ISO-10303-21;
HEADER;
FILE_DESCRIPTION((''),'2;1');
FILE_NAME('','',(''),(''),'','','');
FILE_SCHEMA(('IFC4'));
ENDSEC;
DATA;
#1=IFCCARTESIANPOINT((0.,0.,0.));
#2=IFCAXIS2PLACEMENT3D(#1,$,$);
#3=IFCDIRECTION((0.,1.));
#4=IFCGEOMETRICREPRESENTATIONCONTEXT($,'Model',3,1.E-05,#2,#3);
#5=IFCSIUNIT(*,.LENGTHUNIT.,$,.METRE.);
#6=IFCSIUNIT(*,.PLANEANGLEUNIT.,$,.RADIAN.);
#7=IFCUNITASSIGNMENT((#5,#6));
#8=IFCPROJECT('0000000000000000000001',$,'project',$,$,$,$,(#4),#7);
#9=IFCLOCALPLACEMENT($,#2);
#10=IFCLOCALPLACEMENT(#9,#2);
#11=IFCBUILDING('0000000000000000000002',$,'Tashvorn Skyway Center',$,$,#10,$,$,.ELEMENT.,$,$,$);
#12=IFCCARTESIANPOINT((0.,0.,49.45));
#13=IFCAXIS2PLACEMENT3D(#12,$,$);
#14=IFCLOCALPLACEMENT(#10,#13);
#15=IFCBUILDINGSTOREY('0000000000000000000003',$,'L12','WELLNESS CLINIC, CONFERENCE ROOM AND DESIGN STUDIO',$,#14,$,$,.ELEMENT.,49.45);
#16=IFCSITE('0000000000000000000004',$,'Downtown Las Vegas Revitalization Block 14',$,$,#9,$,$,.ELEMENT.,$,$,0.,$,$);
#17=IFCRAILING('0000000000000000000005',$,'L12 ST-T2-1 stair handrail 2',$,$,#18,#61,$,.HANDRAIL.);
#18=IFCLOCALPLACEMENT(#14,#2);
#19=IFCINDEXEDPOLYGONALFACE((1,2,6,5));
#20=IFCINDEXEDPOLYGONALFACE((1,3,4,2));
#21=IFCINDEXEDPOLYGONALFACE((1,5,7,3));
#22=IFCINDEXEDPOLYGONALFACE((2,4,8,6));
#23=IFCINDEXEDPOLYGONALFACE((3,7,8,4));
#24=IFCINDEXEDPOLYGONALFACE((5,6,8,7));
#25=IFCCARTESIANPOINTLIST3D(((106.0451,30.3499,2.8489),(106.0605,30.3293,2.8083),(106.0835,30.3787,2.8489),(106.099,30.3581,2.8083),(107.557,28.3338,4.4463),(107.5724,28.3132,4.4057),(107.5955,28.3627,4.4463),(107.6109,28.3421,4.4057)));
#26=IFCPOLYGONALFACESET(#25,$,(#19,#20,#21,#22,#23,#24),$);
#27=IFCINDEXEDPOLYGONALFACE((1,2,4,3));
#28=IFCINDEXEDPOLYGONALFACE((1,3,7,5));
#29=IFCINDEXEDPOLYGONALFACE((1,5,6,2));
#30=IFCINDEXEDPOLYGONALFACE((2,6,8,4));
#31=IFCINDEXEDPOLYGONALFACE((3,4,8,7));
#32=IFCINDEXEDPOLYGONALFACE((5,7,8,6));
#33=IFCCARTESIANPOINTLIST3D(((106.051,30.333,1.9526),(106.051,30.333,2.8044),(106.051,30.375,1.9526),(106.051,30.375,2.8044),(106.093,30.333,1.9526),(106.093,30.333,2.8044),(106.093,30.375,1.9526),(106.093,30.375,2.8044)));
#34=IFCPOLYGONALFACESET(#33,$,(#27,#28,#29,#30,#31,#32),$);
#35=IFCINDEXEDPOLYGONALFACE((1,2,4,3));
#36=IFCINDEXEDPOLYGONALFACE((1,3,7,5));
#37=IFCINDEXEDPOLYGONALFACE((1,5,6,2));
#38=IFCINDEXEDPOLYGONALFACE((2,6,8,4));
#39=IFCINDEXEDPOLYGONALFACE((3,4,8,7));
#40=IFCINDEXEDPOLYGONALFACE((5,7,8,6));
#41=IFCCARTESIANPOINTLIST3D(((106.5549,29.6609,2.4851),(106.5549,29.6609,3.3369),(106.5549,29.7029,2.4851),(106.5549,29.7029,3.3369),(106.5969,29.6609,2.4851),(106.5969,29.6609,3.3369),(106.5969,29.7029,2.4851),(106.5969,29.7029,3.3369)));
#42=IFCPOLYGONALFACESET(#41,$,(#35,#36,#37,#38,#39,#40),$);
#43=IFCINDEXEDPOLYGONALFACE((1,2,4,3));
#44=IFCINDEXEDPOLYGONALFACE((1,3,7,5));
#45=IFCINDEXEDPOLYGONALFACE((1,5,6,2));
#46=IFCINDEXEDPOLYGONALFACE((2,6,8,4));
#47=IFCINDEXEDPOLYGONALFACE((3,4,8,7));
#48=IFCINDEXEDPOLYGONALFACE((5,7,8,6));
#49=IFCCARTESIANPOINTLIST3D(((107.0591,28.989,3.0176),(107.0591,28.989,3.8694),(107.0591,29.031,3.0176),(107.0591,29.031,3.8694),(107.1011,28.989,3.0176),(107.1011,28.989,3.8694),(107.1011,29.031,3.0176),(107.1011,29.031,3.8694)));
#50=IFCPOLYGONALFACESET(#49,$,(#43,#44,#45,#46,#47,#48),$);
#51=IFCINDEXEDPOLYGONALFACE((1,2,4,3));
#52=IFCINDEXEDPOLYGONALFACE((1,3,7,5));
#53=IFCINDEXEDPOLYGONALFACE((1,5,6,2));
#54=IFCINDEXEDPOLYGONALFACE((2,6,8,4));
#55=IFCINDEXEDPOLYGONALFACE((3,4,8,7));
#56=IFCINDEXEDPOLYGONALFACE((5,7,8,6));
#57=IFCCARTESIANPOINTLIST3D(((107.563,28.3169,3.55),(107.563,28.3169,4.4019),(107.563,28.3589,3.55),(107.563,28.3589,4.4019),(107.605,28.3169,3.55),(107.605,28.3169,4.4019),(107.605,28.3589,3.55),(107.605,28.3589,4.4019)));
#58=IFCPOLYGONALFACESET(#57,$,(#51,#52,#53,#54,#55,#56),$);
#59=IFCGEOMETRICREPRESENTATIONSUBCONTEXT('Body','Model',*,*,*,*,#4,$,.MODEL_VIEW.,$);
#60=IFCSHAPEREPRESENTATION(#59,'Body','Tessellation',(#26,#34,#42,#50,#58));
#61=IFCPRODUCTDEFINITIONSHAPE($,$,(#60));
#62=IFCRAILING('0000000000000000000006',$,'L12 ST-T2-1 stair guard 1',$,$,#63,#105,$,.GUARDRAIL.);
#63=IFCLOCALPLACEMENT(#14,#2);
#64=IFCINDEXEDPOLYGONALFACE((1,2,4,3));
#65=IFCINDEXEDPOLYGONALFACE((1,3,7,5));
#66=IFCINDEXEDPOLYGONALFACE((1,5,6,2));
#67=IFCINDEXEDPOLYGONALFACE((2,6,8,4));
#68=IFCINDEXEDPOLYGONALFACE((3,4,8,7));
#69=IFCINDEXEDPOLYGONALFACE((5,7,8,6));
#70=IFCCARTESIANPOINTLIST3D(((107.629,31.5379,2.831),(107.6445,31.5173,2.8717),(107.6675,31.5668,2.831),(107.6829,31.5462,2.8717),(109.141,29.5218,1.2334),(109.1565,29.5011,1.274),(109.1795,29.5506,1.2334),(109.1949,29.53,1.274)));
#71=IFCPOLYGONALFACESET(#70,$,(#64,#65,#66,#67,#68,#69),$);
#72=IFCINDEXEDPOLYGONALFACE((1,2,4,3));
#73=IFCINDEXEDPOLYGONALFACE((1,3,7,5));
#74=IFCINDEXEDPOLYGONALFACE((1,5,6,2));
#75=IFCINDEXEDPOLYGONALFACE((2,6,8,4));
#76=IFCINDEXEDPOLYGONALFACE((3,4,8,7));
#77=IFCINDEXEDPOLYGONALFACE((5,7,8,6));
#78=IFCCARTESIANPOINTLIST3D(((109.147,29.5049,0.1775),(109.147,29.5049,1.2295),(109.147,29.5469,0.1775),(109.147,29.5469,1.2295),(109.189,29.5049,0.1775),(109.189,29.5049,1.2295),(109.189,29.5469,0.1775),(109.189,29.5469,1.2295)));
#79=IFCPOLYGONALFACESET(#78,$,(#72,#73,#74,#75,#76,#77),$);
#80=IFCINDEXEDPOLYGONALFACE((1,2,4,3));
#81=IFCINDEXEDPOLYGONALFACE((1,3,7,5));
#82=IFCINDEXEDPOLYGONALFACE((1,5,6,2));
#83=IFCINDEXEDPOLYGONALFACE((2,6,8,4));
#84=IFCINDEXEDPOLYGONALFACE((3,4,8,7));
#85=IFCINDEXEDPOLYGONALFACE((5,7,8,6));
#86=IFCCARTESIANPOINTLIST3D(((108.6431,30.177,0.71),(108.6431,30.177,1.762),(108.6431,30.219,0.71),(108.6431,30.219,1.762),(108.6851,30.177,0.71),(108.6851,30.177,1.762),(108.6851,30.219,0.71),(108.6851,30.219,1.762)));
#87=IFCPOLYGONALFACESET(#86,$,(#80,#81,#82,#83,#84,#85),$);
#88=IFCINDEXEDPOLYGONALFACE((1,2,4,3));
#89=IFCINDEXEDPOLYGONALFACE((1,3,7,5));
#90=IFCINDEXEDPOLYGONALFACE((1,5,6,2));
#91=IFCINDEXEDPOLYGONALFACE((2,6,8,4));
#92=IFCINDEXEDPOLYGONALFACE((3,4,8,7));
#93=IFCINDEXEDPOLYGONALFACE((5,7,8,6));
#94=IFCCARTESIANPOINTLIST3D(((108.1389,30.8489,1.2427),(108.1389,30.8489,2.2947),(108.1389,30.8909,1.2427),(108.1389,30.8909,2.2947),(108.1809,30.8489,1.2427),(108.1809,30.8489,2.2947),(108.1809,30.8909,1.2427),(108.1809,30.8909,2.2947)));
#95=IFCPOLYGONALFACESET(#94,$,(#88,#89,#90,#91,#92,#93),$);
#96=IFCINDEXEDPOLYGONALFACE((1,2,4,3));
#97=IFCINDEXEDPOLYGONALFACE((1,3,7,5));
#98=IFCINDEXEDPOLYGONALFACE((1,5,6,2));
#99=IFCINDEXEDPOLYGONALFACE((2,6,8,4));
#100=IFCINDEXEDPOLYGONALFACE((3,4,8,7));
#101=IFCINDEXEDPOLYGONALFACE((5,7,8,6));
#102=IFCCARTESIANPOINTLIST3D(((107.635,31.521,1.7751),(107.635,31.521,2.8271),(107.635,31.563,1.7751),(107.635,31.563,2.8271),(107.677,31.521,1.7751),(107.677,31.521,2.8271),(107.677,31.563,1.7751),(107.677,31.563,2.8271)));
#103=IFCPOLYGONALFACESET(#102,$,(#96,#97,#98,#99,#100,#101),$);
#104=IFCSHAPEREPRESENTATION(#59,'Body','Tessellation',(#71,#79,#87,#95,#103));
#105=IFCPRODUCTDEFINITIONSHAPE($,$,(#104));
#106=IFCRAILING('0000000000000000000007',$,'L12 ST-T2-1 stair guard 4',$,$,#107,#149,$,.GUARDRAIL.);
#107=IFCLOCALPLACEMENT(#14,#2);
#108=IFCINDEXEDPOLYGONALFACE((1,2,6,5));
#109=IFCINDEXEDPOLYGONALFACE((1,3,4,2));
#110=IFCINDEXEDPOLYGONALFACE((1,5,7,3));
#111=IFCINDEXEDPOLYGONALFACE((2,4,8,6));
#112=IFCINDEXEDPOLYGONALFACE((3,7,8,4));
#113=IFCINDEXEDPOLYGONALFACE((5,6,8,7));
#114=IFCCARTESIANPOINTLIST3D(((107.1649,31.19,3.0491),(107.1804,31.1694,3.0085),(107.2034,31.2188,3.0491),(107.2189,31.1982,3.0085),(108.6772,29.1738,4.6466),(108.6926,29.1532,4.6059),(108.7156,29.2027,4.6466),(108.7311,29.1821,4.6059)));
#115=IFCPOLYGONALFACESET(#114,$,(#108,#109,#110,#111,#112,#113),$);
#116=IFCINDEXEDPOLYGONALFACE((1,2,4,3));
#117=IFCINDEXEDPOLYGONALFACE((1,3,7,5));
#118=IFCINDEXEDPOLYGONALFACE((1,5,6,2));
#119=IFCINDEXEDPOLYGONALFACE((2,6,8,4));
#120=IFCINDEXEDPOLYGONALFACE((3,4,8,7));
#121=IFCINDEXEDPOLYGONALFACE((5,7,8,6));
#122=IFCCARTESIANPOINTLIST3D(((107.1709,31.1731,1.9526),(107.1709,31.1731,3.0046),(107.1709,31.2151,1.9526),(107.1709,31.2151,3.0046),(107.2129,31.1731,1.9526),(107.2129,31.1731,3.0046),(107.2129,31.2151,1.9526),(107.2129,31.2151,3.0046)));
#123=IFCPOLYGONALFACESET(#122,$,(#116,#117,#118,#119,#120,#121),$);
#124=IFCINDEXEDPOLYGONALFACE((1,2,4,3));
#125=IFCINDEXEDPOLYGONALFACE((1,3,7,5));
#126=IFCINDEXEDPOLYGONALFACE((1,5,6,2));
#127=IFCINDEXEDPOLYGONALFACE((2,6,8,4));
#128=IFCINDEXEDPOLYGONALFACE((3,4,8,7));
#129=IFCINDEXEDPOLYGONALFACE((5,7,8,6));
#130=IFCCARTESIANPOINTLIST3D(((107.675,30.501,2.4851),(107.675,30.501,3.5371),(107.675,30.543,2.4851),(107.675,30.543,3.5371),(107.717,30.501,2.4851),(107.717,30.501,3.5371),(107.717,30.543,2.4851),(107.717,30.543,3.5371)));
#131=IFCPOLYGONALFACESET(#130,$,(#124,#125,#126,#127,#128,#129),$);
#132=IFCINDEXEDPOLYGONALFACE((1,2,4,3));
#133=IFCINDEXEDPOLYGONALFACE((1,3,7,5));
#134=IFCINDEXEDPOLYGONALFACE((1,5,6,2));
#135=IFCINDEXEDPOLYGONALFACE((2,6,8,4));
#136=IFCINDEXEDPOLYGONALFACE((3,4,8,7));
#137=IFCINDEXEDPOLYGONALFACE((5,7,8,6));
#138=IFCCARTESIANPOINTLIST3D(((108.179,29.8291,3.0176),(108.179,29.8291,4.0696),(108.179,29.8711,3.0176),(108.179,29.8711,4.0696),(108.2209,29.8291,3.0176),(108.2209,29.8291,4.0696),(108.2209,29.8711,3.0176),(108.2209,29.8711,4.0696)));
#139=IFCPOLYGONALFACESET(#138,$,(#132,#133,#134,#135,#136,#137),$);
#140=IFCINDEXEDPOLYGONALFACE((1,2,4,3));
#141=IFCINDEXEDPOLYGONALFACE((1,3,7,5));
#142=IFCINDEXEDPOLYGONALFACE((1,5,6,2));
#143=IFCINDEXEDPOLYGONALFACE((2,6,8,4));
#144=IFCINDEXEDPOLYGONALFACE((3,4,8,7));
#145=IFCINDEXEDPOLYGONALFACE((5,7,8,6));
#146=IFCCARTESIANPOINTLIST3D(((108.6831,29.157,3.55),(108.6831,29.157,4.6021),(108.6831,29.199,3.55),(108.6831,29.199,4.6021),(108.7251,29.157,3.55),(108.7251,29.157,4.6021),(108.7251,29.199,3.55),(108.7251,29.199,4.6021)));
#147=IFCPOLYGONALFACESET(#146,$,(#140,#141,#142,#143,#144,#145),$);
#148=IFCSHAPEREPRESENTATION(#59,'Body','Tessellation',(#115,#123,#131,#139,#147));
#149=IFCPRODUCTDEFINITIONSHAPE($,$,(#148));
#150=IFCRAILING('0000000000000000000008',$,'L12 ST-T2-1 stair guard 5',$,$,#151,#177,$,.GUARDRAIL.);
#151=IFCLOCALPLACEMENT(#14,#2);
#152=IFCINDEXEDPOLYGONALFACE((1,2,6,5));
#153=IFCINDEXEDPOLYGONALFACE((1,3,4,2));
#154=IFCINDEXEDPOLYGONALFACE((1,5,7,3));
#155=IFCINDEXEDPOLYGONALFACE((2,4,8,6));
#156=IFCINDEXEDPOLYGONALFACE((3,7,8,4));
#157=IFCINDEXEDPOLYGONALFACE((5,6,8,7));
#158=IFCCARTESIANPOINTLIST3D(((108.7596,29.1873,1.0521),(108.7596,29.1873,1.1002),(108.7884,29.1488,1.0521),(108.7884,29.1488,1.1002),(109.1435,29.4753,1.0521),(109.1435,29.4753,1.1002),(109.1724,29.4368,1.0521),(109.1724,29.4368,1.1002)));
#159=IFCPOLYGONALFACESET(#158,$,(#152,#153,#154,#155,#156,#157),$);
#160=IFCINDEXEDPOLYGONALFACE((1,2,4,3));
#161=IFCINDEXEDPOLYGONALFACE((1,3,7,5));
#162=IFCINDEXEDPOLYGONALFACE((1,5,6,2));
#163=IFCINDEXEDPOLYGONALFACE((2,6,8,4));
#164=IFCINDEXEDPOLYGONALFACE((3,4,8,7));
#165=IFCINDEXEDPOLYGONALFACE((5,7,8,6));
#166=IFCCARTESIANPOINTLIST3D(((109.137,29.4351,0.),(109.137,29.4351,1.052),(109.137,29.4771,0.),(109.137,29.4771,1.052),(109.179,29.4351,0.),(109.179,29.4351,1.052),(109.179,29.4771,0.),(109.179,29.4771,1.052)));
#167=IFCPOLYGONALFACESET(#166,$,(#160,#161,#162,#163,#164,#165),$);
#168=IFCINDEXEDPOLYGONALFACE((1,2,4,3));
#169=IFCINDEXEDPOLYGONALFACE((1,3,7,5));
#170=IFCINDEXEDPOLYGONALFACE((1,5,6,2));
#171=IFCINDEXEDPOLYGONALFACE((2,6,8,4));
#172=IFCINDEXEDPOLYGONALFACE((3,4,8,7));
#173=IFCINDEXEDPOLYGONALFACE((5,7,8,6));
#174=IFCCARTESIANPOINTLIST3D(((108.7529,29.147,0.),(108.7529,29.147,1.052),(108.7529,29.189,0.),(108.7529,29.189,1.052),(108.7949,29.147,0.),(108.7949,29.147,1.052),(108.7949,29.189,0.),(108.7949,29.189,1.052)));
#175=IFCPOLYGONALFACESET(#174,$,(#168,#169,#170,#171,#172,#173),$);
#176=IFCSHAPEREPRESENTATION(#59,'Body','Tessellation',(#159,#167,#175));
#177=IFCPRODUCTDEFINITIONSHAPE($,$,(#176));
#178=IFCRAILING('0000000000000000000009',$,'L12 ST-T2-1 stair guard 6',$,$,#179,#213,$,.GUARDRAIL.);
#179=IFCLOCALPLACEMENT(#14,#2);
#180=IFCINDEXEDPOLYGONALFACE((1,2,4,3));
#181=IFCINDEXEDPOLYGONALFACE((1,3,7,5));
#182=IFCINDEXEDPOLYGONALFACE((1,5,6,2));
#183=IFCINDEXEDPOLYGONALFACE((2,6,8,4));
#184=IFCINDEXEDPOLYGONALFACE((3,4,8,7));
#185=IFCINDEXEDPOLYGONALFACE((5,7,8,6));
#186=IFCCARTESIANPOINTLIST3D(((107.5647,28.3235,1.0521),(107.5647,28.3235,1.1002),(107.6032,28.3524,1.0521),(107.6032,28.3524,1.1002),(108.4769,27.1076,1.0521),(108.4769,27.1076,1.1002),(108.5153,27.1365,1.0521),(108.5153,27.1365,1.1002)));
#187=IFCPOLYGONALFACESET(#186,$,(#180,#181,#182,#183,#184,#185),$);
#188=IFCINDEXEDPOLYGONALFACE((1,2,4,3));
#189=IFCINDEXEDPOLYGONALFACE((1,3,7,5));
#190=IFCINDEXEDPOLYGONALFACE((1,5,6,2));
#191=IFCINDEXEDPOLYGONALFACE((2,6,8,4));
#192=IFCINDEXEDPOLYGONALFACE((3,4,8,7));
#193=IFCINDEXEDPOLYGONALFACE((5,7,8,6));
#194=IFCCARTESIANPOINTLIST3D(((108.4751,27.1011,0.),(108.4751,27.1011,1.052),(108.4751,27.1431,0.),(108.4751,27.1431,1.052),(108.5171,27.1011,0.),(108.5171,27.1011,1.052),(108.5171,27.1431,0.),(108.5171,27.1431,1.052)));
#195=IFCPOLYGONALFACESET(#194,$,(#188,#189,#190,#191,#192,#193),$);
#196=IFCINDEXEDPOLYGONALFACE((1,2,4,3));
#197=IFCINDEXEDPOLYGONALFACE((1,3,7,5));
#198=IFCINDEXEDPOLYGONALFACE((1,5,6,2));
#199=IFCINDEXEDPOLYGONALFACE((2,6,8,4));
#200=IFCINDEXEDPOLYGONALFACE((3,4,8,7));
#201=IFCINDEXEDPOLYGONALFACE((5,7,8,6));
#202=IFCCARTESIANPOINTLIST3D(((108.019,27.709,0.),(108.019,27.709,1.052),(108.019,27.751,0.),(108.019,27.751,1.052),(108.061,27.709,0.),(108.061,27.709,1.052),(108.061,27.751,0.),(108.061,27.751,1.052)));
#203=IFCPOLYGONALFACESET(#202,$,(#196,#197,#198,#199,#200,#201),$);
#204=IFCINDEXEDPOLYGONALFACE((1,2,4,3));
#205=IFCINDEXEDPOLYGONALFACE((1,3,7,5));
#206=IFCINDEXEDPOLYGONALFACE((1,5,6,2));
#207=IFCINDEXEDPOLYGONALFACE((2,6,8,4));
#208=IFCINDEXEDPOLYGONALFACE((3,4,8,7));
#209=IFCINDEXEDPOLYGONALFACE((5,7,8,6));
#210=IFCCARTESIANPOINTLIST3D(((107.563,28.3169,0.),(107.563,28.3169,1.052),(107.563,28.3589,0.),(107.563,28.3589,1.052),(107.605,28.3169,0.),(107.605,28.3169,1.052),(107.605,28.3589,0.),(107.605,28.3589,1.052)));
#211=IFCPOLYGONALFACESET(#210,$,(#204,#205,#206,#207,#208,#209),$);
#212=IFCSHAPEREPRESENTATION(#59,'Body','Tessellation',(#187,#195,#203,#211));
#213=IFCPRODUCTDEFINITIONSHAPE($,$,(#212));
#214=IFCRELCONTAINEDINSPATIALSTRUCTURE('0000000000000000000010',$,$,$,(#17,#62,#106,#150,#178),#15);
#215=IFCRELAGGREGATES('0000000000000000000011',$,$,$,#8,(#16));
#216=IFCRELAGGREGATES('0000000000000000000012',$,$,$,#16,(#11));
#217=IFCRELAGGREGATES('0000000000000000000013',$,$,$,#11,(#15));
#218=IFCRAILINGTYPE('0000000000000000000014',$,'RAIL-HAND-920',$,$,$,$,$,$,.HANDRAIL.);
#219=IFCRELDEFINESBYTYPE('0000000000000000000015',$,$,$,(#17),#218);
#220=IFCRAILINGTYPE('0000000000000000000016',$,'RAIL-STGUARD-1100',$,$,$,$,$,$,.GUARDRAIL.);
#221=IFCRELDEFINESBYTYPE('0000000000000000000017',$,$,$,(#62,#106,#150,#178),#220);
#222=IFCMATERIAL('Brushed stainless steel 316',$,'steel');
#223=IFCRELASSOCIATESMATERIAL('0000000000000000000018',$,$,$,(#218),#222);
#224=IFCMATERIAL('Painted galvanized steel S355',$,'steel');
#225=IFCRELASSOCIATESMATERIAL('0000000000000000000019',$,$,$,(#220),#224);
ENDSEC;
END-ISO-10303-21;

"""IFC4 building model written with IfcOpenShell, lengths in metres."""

from ifc_helpers import new_model, si_unit, direction, frame, origin, origin_2d, place, context, subcontext, project, spatial, rectangle, extrude, material, type_object, element, save


model = new_model("IFC4")

# Units and contexts
model_context = context("Model", 3, precision=1e-05, world=origin(), true_north=direction((0.0, 1.0)))
body_context = subcontext(model_context, "Body", "Model", "MODEL_VIEW")
ifc_project = project(units=[si_unit("LENGTHUNIT", "METRE"), si_unit("PLANEANGLEUNIT", "RADIAN")], contexts=[model_context])

# Site, building, storey
site_placement = place(None, origin())
site = spatial("IfcSite", under=ifc_project, at=site_placement, Name="Downtown Las Vegas Revitalization Block 14", CompositionType="ELEMENT", RefElevation=0.0)
building_placement = place(site_placement, origin())
building = spatial("IfcBuilding", under=site, at=building_placement, Name="Tashvorn Skyway Center", CompositionType="ELEMENT")
storey_placement = place(building_placement, frame((0.0, 0.0, 49.45)))
storey = spatial("IfcBuildingStorey", under=building, at=storey_placement, Name="L12", Description="WELLNESS CLINIC, CONFERENCE ROOM AND DESIGN STUDIO", CompositionType="ELEMENT", Elevation=49.45)

# Railings
ifc_material_1 = material(Name="Brushed stainless steel 316", Category="steel")
railing_type_1 = type_object("IfcRailingType", Name="RAIL-HAND-920", PredefinedType="HANDRAIL", material=ifc_material_1)
railing_1_placement = place(storey_placement, frame((106.072, 30.354, 1.9526)))
element("IfcRailing", 1, at=railing_1_placement, inside=storey, type_object=railing_type_1, Name="L12 ST-T2-1 stair handrail 2", PredefinedType="HANDRAIL", context=body_context, shape_type="SweptSolid", body=[
    extrude(rectangle(XDim=0.0481, YDim=0.0481, at=origin_2d()), frame((0.0, 0.0, 0.876), z_axis=(0.506741, -0.675709, 0.535379), x_axis=(0.800023, 0.599969, 0.0)), (0.0, 0.0, 1.0), 2.9836),
    extrude(rectangle(XDim=0.042, YDim=0.042, at=origin_2d()), origin(), (0.0, 0.0, 1.0), 0.8518),
    extrude(rectangle(XDim=0.042, YDim=0.042, at=origin_2d()), frame((0.5039, -0.6721, 0.5325)), (0.0, 0.0, 1.0), 0.8518),
    extrude(rectangle(XDim=0.042, YDim=0.042, at=origin_2d()), frame((1.0081, -1.344, 1.0649)), (0.0, 0.0, 1.0), 0.8518),
    extrude(rectangle(XDim=0.042, YDim=0.042, at=origin_2d()), frame((1.512, -2.0161, 1.5974)), (0.0, 0.0, 1.0), 0.8518),
])
ifc_material_2 = material(Name="Painted galvanized steel S355", Category="steel")
railing_type_2 = type_object("IfcRailingType", Name="RAIL-STGUARD-1100", PredefinedType="GUARDRAIL", material=ifc_material_2)
railing_2_placement = place(storey_placement, frame((109.168, 29.5259, 0.1775)))
element("IfcRailing", 2, at=railing_2_placement, inside=storey, type_object=railing_type_2, Name="L12 ST-T2-1 stair guard 1", PredefinedType="GUARDRAIL", context=body_context, shape_type="SweptSolid", body=[
    extrude(rectangle(XDim=0.0481, YDim=0.0481, at=origin_2d()), frame((0.0, 0.0, 1.0762), z_axis=(-0.506719, 0.675679, 0.535438), x_axis=(-0.800023, -0.599969, 0.0)), (0.0, 0.0, 1.0), 2.9839),
    extrude(rectangle(XDim=0.042, YDim=0.042, at=origin_2d()), origin(), (0.0, 0.0, 1.0), 1.052),
    extrude(rectangle(XDim=0.042, YDim=0.042, at=origin_2d()), frame((-0.5039, 0.6721, 0.5325)), (0.0, 0.0, 1.0), 1.052),
    extrude(rectangle(XDim=0.042, YDim=0.042, at=origin_2d()), frame((-1.0081, 1.344, 1.0652)), (0.0, 0.0, 1.0), 1.052),
    extrude(rectangle(XDim=0.042, YDim=0.042, at=origin_2d()), frame((-1.512, 2.0161, 1.5977)), (0.0, 0.0, 1.0), 1.052),
])
railing_3_placement = place(storey_placement, frame((107.1919, 31.1941, 1.9526)))
element("IfcRailing", 3, at=railing_3_placement, inside=storey, type_object=railing_type_2, Name="L12 ST-T2-1 stair guard 4", PredefinedType="GUARDRAIL", context=body_context, shape_type="SweptSolid", body=[
    extrude(rectangle(XDim=0.0481, YDim=0.0481, at=origin_2d()), frame((0.0, 0.0, 1.0762), z_axis=(0.506802, -0.675681, 0.535357), x_axis=(0.799977, 0.600031, 0.0)), (0.0, 0.0, 1.0), 2.9839),
    extrude(rectangle(XDim=0.042, YDim=0.042, at=origin_2d()), origin(), (0.0, 0.0, 1.0), 1.052),
    extrude(rectangle(XDim=0.042, YDim=0.042, at=origin_2d()), frame((0.5042, -0.6721, 0.5325)), (0.0, 0.0, 1.0), 1.052),
    extrude(rectangle(XDim=0.042, YDim=0.042, at=origin_2d()), frame((1.0081, -1.344, 1.0649)), (0.0, 0.0, 1.0), 1.052),
    extrude(rectangle(XDim=0.042, YDim=0.042, at=origin_2d()), frame((1.5122, -2.0161, 1.5974)), (0.0, 0.0, 1.0), 1.052),
])
railing_4_placement = place(storey_placement, frame((109.158, 29.4561, 0.0)))
element("IfcRailing", 4, at=railing_4_placement, inside=storey, type_object=railing_type_2, Name="L12 ST-T2-1 stair guard 5", PredefinedType="GUARDRAIL", context=body_context, shape_type="SweptSolid", body=[
    extrude(rectangle(XDim=0.0481, YDim=0.0481, at=origin_2d()), frame((0.0, 0.0, 1.0762), z_axis=(-0.799939, -0.600081, 0.0), x_axis=(0.600081, -0.799939, 0.0)), (0.0, 0.0, 1.0), 0.48),
    extrude(rectangle(XDim=0.042, YDim=0.042, at=origin_2d()), origin(), (0.0, 0.0, 1.0), 1.052),
    extrude(rectangle(XDim=0.042, YDim=0.042, at=origin_2d()), frame((-0.384, -0.2881, 0.0)), (0.0, 0.0, 1.0), 1.052),
])
railing_5_placement = place(storey_placement, frame((108.4961, 27.1221, 0.0)))
element("IfcRailing", 5, at=railing_5_placement, inside=storey, type_object=railing_type_2, Name="L12 ST-T2-1 stair guard 6", PredefinedType="GUARDRAIL", context=body_context, shape_type="SweptSolid", body=[
    extrude(rectangle(XDim=0.0481, YDim=0.0481, at=origin_2d()), frame((0.0, 0.0, 1.0762), z_axis=(-0.600103, 0.799923, 0.0), x_axis=(-0.799923, -0.600103, 0.0)), (0.0, 0.0, 1.0), 1.52),
    extrude(rectangle(XDim=0.042, YDim=0.042, at=origin_2d()), origin(), (0.0, 0.0, 1.0), 1.052),
    extrude(rectangle(XDim=0.042, YDim=0.042, at=origin_2d()), frame((-0.4561, 0.6079, 0.0)), (0.0, 0.0, 1.0), 1.052),
    extrude(rectangle(XDim=0.042, YDim=0.042, at=origin_2d()), frame((-0.9121, 1.2158, 0.0)), (0.0, 0.0, 1.0), 1.052),
])

save(model, "model.ifc")
